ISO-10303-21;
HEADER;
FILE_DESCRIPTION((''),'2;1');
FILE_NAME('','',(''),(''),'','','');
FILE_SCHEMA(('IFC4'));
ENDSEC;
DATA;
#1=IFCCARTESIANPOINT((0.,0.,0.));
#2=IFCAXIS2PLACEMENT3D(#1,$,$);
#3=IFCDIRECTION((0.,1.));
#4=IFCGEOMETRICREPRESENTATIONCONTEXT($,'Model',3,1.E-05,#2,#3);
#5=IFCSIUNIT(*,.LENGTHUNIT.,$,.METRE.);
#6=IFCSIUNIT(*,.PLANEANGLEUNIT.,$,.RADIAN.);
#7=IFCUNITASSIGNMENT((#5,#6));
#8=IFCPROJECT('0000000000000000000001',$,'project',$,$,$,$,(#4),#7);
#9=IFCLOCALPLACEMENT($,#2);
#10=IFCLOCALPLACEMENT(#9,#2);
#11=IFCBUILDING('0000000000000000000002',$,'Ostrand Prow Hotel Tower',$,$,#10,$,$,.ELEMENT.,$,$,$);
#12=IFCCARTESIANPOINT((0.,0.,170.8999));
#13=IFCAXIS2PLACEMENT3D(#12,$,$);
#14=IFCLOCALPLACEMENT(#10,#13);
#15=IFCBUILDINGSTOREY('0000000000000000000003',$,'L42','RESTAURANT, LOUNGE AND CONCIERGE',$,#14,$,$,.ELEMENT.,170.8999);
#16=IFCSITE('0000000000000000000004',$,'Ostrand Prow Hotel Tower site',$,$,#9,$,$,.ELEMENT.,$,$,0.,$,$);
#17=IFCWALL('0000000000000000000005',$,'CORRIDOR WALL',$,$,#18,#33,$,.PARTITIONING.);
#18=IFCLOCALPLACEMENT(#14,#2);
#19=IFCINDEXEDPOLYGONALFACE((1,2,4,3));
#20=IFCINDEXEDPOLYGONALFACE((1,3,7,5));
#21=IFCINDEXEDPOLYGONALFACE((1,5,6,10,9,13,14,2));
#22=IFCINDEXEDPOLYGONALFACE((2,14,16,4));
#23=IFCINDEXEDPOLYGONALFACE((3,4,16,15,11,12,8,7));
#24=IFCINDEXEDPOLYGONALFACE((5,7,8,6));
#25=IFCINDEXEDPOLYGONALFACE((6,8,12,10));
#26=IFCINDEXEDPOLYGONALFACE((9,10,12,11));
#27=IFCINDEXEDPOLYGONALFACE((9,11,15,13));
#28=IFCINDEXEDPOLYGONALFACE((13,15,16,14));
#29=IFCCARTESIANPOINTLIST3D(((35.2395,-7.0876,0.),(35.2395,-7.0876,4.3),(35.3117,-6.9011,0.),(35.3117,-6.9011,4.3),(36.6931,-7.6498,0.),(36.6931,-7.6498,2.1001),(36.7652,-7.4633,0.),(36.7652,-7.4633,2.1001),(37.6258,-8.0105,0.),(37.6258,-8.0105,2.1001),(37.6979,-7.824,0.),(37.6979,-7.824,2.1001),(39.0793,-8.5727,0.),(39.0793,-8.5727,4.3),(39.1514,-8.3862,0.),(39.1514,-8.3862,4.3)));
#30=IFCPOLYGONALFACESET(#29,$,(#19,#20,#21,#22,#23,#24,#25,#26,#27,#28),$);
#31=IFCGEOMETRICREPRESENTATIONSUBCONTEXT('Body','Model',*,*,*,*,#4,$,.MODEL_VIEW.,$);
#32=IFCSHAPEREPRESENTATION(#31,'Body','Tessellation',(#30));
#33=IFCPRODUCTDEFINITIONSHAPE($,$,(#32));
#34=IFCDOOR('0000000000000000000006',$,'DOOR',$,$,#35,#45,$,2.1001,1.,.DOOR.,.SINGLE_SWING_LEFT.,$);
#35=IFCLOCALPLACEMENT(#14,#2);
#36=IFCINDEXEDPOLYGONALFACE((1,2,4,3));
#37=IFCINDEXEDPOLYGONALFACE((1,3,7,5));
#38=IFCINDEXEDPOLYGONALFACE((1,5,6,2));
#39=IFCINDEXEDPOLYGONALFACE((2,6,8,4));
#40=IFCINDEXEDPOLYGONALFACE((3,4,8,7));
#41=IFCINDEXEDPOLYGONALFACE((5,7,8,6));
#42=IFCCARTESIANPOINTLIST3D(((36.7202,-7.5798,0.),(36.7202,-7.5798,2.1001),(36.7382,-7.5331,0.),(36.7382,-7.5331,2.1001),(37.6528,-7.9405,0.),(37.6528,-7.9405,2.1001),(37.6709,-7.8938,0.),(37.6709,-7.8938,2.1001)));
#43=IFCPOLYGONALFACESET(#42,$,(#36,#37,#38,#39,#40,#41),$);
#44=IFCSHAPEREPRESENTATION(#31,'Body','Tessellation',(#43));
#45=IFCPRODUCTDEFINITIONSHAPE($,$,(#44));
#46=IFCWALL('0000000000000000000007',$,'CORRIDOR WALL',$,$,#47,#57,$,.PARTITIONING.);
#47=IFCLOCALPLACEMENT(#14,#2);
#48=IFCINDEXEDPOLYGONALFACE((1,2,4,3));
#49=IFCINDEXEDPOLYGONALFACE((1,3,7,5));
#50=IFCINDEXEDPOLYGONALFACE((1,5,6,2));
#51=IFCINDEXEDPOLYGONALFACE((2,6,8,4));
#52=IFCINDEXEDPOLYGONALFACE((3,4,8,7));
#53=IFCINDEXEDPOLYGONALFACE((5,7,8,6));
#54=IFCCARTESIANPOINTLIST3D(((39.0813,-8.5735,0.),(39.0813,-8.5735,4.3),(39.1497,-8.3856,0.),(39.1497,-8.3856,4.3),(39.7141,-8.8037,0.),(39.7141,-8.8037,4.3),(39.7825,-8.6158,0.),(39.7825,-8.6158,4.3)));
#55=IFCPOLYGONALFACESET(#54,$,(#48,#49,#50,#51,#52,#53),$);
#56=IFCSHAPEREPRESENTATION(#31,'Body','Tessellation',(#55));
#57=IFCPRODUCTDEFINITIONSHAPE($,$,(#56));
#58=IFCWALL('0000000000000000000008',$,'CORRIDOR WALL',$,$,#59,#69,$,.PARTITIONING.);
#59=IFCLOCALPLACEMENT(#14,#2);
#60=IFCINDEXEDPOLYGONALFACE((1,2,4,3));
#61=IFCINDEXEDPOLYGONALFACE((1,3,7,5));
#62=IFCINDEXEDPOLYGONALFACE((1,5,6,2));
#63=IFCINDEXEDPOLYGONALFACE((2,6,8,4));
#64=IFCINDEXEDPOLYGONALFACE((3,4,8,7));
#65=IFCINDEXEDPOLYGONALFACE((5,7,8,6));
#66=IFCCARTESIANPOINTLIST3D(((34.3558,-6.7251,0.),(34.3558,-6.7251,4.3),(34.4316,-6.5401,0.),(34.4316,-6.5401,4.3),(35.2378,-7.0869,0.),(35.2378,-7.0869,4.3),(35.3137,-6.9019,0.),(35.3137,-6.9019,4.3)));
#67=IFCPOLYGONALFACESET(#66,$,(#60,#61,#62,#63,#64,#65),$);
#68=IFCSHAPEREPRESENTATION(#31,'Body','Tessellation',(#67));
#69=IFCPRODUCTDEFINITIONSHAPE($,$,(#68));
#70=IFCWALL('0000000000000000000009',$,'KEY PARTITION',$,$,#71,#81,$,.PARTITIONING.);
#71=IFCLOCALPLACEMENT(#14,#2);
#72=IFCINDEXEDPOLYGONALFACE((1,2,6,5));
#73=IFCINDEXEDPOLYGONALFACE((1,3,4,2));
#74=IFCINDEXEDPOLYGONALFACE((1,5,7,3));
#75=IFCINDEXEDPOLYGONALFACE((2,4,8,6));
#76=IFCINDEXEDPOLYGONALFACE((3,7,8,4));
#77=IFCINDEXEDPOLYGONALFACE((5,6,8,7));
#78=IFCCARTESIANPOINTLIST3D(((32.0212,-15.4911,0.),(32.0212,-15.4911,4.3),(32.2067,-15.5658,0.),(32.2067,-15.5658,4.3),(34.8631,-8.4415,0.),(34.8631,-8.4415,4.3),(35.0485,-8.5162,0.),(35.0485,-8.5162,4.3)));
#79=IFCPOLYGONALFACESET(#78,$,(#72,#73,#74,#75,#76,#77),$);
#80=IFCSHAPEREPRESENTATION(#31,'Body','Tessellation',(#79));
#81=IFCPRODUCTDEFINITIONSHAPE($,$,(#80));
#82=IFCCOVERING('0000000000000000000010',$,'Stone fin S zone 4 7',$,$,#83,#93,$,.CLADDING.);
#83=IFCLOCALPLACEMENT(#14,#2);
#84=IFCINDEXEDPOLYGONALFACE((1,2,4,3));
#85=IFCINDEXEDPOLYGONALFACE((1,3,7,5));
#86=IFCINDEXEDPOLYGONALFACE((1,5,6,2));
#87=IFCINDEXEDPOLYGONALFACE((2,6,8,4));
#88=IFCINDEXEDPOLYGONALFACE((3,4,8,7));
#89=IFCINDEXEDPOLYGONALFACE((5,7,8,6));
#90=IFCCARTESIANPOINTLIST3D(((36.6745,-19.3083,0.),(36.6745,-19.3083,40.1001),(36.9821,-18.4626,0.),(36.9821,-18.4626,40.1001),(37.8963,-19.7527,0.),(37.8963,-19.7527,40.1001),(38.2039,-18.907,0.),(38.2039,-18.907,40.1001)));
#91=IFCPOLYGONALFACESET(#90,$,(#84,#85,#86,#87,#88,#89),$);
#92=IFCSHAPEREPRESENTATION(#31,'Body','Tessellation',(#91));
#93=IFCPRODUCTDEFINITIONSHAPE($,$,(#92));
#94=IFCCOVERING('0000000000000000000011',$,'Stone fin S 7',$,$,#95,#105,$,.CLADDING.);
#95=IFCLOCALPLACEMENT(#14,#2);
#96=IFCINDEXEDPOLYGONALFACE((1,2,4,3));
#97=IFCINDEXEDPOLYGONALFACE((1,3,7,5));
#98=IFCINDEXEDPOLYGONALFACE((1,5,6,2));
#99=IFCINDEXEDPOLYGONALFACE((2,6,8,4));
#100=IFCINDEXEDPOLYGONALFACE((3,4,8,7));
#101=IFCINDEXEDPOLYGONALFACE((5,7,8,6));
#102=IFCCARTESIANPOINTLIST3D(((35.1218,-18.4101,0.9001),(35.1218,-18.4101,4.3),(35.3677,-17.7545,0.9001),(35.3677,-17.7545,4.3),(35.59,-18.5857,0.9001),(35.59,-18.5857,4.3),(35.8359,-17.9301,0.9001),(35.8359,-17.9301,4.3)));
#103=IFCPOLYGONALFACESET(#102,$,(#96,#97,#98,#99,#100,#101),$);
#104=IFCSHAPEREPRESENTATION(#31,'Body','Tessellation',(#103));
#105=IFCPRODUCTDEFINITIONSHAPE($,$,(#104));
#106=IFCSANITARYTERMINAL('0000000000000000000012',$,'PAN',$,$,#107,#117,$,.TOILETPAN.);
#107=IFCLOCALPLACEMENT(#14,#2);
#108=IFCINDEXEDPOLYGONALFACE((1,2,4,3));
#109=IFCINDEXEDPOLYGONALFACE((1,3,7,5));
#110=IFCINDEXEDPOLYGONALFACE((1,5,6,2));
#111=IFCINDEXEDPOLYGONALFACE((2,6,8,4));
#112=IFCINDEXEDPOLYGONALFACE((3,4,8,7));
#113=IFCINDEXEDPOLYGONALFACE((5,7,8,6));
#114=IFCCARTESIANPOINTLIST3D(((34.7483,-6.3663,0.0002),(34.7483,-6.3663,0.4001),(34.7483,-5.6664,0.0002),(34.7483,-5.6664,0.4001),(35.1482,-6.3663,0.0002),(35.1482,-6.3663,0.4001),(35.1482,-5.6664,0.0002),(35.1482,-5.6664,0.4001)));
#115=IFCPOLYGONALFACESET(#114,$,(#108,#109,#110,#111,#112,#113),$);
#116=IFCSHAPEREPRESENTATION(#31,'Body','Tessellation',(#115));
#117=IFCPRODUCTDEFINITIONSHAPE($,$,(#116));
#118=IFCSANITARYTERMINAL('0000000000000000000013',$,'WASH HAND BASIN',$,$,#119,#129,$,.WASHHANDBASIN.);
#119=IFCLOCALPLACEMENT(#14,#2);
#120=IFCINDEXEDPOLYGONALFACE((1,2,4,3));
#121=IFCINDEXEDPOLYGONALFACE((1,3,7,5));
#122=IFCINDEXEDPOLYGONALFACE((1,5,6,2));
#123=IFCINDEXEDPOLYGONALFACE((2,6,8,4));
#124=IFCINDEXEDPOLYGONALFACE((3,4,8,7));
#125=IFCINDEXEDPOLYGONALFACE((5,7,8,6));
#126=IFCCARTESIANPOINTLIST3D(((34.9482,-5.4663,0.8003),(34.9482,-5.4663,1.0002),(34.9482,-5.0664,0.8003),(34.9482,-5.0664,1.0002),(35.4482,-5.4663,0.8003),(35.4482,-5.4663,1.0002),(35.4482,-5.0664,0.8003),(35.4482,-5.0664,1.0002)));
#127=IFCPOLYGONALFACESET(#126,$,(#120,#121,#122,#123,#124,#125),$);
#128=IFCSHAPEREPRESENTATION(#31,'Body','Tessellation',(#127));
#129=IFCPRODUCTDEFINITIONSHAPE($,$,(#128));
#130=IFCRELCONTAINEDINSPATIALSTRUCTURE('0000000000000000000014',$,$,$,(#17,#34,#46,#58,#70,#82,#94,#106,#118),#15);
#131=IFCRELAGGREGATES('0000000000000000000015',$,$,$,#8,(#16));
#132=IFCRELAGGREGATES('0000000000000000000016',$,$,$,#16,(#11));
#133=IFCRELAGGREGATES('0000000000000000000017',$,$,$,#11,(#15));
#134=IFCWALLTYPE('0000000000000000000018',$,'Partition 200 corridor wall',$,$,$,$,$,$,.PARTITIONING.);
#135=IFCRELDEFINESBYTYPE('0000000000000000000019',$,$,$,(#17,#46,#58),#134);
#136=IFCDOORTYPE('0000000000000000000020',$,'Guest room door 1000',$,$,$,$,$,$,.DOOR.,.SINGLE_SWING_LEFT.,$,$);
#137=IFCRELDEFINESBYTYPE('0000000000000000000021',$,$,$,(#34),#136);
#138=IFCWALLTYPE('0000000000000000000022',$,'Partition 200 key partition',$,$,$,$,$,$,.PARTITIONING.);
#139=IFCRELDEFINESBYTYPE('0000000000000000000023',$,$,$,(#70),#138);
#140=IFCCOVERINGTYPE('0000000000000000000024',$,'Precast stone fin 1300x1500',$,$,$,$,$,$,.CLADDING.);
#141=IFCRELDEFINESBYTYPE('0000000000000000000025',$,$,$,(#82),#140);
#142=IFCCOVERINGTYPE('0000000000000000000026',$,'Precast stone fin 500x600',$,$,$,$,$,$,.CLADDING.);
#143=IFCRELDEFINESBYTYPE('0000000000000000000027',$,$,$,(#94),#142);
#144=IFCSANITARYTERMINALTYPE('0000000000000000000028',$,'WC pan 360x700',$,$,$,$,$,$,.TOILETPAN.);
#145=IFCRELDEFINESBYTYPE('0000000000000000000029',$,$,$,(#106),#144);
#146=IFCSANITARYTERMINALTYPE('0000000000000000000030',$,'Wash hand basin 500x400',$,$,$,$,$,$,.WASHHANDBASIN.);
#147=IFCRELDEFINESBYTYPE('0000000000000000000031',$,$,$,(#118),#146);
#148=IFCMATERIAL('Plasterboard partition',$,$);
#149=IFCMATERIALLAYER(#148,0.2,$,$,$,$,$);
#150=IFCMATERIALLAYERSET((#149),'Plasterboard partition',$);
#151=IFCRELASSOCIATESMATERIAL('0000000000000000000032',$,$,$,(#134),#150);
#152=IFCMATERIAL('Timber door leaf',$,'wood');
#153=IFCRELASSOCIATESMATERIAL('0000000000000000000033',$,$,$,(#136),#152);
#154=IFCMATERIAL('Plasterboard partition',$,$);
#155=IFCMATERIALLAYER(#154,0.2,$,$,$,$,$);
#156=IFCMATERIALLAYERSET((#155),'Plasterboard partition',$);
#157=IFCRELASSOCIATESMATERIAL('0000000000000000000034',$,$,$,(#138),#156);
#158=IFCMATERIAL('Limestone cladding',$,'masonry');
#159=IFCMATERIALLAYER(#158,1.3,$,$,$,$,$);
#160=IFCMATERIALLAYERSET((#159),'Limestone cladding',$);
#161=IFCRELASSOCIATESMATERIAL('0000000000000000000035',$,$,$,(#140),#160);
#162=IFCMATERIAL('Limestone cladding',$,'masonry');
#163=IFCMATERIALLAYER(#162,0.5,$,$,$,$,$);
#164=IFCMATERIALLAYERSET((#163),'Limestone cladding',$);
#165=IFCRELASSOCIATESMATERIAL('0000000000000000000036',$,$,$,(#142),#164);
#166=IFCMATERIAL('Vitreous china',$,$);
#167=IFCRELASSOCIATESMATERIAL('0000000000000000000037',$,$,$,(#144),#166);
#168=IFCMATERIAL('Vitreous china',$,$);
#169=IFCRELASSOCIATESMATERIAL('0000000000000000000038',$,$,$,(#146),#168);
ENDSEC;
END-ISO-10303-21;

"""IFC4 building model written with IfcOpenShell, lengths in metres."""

from ifc_helpers import new_model, si_unit, direction, frame, frame_2d, origin, origin_2d, place, context, subcontext, project, spatial, rectangle, extrude, material, layer, layer_set, type_object, element, fill, save


model = new_model("IFC4")

# Units and contexts
model_context = context("Model", 3, precision=1e-05, world=origin(), true_north=direction((0.0, 1.0)))
body_context = subcontext(model_context, "Body", "Model", "MODEL_VIEW")
ifc_project = project(units=[si_unit("LENGTHUNIT", "METRE"), si_unit("PLANEANGLEUNIT", "RADIAN")], contexts=[model_context])

# Site, building, storey
site_placement = place(None, origin())
site = spatial("IfcSite", under=ifc_project, at=site_placement, Name="Ostrand Prow Hotel Tower site", CompositionType="ELEMENT", RefElevation=0.0)
building_placement = place(site_placement, origin())
building = spatial("IfcBuilding", under=site, at=building_placement, Name="Ostrand Prow Hotel Tower", CompositionType="ELEMENT")
storey_placement = place(building_placement, frame((0.0, 0.0, 170.8999)))
storey = spatial("IfcBuildingStorey", under=building, at=storey_placement, Name="L42", Description="RESTAURANT, LOUNGE AND CONCIERGE", CompositionType="ELEMENT", Elevation=170.8999)

# Shared definitions
ifc_material_1 = material(Name="Plasterboard partition")
ifc_layer_1 = layer(ifc_material_1, 0.2)
ifc_layer_set_1 = layer_set([ifc_layer_1], Name="Plasterboard partition")
wall_type_1 = type_object("IfcWallType", Name="Partition 200 corridor wall", PredefinedType="PARTITIONING", material=ifc_layer_set_1)

# Wall, opening, door
wall_1_placement = place(storey_placement, frame((39.1155, -8.4795, 0.0), z_axis=(0.0, 0.0, 1.0), x_axis=(-0.932673, 0.360723, 0.0)))
wall_1 = element("IfcWall", 1, at=wall_1_placement, inside=storey, type_object=wall_type_1, Name="CORRIDOR WALL", PredefinedType="PARTITIONING", context=body_context, shape_type="SweptSolid", body=[
    extrude(rectangle(XDim=4.1169, YDim=0.2, at=frame_2d((2.0586, 0.0))), origin(), (0.0, 0.0, 1.0), 4.3),
])
opening_1_placement = place(wall_1_placement, frame((1.5586, 0.0, 0.0)))
opening_1 = element("IfcOpeningElement", 2, at=opening_1_placement, cuts=wall_1, PredefinedType="OPENING", context=body_context, shape_type="SweptSolid", body=[
    extrude(rectangle(XDim=1.0, YDim=2.1001, at=frame_2d((0.5, 1.05))), frame((0.0, 0.1099, 0.0), z_axis=(0.0, -1.0, 0.0), x_axis=(1.0, 0.0, 0.0)), (0.0, 0.0, 1.0), 0.22),
])
ifc_material_2 = material(Name="Timber door leaf", Category="wood")
door_type_1 = type_object("IfcDoorType", Name="Guest room door 1000", OperationType="SINGLE_SWING_LEFT", PredefinedType="DOOR", material=ifc_material_2)
door_1_placement = place(opening_1_placement, origin())
door_1 = element("IfcDoor", 3, at=door_1_placement, inside=storey, type_object=door_type_1, Name="DOOR", OperationType="SINGLE_SWING_LEFT", OverallHeight=2.1001, OverallWidth=1.0, PredefinedType="DOOR", context=body_context, shape_type="SweptSolid", body=[
    extrude(rectangle(XDim=1.0, YDim=2.1001, at=frame_2d((0.5, 1.05))), frame((0.0, 0.0249, 0.0), z_axis=(0.0, -1.0, 0.0), x_axis=(1.0, 0.0, 0.0)), (0.0, 0.0, 1.0), 0.05),
])
fill(opening_1, door_1)

# Walls
wall_2_placement = place(storey_placement, frame((39.7483, -8.7097, 0.0), z_axis=(0.0, 0.0, 1.0), x_axis=(-0.93974, 0.341889, 0.0)))
element("IfcWall", 4, at=wall_2_placement, inside=storey, type_object=wall_type_1, Name="CORRIDOR WALL", PredefinedType="PARTITIONING", context=body_context, shape_type="SweptSolid", body=[
    extrude(rectangle(XDim=0.6733, YDim=0.2, at=frame_2d((0.3367, 0.0))), origin(), (0.0, 0.0, 1.0), 4.3),
])
wall_3_placement = place(storey_placement, frame((35.2756, -6.9944, 0.0), z_axis=(0.0, 0.0, 1.0), x_axis=(-0.925192, 0.3795, 0.0)))
element("IfcWall", 5, at=wall_3_placement, inside=storey, type_object=wall_type_1, Name="CORRIDOR WALL", PredefinedType="PARTITIONING", context=body_context, shape_type="SweptSolid", body=[
    extrude(rectangle(XDim=0.9534, YDim=0.2, at=frame_2d((0.4766, 0.0))), origin(), (0.0, 0.0, 1.0), 4.3),
])
ifc_material_3 = material(Name="Plasterboard partition")
ifc_layer_2 = layer(ifc_material_3, 0.2)
ifc_layer_set_2 = layer_set([ifc_layer_2], Name="Plasterboard partition")
wall_type_2 = type_object("IfcWallType", Name="Partition 200 key partition", PredefinedType="PARTITIONING", material=ifc_layer_set_2)
wall_4_placement = place(storey_placement, frame((32.114, -15.5283, 0.0), z_axis=(0.0, 0.0, 1.0), x_axis=(0.373881, 0.927477, 0.0)))
element("IfcWall", 6, at=wall_4_placement, inside=storey, type_object=wall_type_2, Name="KEY PARTITION", PredefinedType="PARTITIONING", context=body_context, shape_type="SweptSolid", body=[
    extrude(rectangle(XDim=7.6008, YDim=0.2, at=frame_2d((3.8003, 0.0))), origin(), (0.0, 0.0, 1.0), 4.3),
])

# Coverings
ifc_material_4 = material(Name="Limestone cladding", Category="masonry")
ifc_layer_3 = layer(ifc_material_4, 1.3)
ifc_layer_set_3 = layer_set([ifc_layer_3], Name="Limestone cladding")
covering_type_1 = type_object("IfcCoveringType", Name="Precast stone fin 1300x1500", PredefinedType="CLADDING", material=ifc_layer_set_3)
covering_1_placement = place(storey_placement, frame((37.593, -18.6848, 0.0), z_axis=(0.0, 0.0, 1.0), x_axis=(-0.34183, -0.939762, 0.0)))
element("IfcCovering", 7, at=covering_1_placement, inside=storey, type_object=covering_type_1, Name="Stone fin S zone 4 7", PredefinedType="CLADDING", context=body_context, shape_type="SweptSolid", body=[
    extrude(rectangle(XDim=0.8999, YDim=1.3, at=frame_2d((0.45, 0.0))), origin(), (0.0, 0.0, 1.0), 40.1001),
])
ifc_material_5 = material(Name="Limestone cladding", Category="masonry")
ifc_layer_4 = layer(ifc_material_5, 0.5)
ifc_layer_set_4 = layer_set([ifc_layer_4], Name="Limestone cladding")
covering_type_2 = type_object("IfcCoveringType", Name="Precast stone fin 500x600", PredefinedType="CLADDING", material=ifc_layer_set_4)
covering_2_placement = place(storey_placement, frame((35.6018, -17.8423, 0.9001), z_axis=(0.0, 0.0, 1.0), x_axis=(-0.351162, -0.936315, 0.0)))
element("IfcCovering", 8, at=covering_2_placement, inside=storey, type_object=covering_type_2, Name="Stone fin S 7", PredefinedType="CLADDING", context=body_context, shape_type="SweptSolid", body=[
    extrude(rectangle(XDim=0.7002, YDim=0.5, at=frame_2d((0.3501, 0.0))), origin(), (0.0, 0.0, 1.0), 3.3999),
])

# Sanitary terminals
ifc_material_6 = material(Name="Vitreous china")
sanitary_terminal_type_1 = type_object("IfcSanitaryTerminalType", Name="WC pan 360x700", PredefinedType="TOILETPAN", material=ifc_material_6)
sanitary_terminal_1_placement = place(storey_placement, frame((34.9482, -6.0164, 0.0002), z_axis=(0.0, 0.0, 1.0), x_axis=(1.0, 0.0, 0.0)))
element("IfcSanitaryTerminal", 9, at=sanitary_terminal_1_placement, inside=storey, type_object=sanitary_terminal_type_1, Name="PAN", PredefinedType="TOILETPAN", context=body_context, shape_type="SweptSolid", body=[
    extrude(rectangle(XDim=0.3999, YDim=0.7, at=origin_2d()), origin(), (0.0, 0.0, 1.0), 0.3999),
])
ifc_material_7 = material(Name="Vitreous china")
sanitary_terminal_type_2 = type_object("IfcSanitaryTerminalType", Name="Wash hand basin 500x400", PredefinedType="WASHHANDBASIN", material=ifc_material_7)
sanitary_terminal_2_placement = place(storey_placement, frame((35.1982, -5.2664, 0.8003), z_axis=(0.0, 0.0, 1.0), x_axis=(1.0, 0.0, 0.0)))
element("IfcSanitaryTerminal", 10, at=sanitary_terminal_2_placement, inside=storey, type_object=sanitary_terminal_type_2, Name="WASH HAND BASIN", PredefinedType="WASHHANDBASIN", context=body_context, shape_type="SweptSolid", body=[
    extrude(rectangle(XDim=0.5, YDim=0.3999, at=origin_2d()), origin(), (0.0, 0.0, 1.0), 0.2),
])

save(model, "model.ifc")
